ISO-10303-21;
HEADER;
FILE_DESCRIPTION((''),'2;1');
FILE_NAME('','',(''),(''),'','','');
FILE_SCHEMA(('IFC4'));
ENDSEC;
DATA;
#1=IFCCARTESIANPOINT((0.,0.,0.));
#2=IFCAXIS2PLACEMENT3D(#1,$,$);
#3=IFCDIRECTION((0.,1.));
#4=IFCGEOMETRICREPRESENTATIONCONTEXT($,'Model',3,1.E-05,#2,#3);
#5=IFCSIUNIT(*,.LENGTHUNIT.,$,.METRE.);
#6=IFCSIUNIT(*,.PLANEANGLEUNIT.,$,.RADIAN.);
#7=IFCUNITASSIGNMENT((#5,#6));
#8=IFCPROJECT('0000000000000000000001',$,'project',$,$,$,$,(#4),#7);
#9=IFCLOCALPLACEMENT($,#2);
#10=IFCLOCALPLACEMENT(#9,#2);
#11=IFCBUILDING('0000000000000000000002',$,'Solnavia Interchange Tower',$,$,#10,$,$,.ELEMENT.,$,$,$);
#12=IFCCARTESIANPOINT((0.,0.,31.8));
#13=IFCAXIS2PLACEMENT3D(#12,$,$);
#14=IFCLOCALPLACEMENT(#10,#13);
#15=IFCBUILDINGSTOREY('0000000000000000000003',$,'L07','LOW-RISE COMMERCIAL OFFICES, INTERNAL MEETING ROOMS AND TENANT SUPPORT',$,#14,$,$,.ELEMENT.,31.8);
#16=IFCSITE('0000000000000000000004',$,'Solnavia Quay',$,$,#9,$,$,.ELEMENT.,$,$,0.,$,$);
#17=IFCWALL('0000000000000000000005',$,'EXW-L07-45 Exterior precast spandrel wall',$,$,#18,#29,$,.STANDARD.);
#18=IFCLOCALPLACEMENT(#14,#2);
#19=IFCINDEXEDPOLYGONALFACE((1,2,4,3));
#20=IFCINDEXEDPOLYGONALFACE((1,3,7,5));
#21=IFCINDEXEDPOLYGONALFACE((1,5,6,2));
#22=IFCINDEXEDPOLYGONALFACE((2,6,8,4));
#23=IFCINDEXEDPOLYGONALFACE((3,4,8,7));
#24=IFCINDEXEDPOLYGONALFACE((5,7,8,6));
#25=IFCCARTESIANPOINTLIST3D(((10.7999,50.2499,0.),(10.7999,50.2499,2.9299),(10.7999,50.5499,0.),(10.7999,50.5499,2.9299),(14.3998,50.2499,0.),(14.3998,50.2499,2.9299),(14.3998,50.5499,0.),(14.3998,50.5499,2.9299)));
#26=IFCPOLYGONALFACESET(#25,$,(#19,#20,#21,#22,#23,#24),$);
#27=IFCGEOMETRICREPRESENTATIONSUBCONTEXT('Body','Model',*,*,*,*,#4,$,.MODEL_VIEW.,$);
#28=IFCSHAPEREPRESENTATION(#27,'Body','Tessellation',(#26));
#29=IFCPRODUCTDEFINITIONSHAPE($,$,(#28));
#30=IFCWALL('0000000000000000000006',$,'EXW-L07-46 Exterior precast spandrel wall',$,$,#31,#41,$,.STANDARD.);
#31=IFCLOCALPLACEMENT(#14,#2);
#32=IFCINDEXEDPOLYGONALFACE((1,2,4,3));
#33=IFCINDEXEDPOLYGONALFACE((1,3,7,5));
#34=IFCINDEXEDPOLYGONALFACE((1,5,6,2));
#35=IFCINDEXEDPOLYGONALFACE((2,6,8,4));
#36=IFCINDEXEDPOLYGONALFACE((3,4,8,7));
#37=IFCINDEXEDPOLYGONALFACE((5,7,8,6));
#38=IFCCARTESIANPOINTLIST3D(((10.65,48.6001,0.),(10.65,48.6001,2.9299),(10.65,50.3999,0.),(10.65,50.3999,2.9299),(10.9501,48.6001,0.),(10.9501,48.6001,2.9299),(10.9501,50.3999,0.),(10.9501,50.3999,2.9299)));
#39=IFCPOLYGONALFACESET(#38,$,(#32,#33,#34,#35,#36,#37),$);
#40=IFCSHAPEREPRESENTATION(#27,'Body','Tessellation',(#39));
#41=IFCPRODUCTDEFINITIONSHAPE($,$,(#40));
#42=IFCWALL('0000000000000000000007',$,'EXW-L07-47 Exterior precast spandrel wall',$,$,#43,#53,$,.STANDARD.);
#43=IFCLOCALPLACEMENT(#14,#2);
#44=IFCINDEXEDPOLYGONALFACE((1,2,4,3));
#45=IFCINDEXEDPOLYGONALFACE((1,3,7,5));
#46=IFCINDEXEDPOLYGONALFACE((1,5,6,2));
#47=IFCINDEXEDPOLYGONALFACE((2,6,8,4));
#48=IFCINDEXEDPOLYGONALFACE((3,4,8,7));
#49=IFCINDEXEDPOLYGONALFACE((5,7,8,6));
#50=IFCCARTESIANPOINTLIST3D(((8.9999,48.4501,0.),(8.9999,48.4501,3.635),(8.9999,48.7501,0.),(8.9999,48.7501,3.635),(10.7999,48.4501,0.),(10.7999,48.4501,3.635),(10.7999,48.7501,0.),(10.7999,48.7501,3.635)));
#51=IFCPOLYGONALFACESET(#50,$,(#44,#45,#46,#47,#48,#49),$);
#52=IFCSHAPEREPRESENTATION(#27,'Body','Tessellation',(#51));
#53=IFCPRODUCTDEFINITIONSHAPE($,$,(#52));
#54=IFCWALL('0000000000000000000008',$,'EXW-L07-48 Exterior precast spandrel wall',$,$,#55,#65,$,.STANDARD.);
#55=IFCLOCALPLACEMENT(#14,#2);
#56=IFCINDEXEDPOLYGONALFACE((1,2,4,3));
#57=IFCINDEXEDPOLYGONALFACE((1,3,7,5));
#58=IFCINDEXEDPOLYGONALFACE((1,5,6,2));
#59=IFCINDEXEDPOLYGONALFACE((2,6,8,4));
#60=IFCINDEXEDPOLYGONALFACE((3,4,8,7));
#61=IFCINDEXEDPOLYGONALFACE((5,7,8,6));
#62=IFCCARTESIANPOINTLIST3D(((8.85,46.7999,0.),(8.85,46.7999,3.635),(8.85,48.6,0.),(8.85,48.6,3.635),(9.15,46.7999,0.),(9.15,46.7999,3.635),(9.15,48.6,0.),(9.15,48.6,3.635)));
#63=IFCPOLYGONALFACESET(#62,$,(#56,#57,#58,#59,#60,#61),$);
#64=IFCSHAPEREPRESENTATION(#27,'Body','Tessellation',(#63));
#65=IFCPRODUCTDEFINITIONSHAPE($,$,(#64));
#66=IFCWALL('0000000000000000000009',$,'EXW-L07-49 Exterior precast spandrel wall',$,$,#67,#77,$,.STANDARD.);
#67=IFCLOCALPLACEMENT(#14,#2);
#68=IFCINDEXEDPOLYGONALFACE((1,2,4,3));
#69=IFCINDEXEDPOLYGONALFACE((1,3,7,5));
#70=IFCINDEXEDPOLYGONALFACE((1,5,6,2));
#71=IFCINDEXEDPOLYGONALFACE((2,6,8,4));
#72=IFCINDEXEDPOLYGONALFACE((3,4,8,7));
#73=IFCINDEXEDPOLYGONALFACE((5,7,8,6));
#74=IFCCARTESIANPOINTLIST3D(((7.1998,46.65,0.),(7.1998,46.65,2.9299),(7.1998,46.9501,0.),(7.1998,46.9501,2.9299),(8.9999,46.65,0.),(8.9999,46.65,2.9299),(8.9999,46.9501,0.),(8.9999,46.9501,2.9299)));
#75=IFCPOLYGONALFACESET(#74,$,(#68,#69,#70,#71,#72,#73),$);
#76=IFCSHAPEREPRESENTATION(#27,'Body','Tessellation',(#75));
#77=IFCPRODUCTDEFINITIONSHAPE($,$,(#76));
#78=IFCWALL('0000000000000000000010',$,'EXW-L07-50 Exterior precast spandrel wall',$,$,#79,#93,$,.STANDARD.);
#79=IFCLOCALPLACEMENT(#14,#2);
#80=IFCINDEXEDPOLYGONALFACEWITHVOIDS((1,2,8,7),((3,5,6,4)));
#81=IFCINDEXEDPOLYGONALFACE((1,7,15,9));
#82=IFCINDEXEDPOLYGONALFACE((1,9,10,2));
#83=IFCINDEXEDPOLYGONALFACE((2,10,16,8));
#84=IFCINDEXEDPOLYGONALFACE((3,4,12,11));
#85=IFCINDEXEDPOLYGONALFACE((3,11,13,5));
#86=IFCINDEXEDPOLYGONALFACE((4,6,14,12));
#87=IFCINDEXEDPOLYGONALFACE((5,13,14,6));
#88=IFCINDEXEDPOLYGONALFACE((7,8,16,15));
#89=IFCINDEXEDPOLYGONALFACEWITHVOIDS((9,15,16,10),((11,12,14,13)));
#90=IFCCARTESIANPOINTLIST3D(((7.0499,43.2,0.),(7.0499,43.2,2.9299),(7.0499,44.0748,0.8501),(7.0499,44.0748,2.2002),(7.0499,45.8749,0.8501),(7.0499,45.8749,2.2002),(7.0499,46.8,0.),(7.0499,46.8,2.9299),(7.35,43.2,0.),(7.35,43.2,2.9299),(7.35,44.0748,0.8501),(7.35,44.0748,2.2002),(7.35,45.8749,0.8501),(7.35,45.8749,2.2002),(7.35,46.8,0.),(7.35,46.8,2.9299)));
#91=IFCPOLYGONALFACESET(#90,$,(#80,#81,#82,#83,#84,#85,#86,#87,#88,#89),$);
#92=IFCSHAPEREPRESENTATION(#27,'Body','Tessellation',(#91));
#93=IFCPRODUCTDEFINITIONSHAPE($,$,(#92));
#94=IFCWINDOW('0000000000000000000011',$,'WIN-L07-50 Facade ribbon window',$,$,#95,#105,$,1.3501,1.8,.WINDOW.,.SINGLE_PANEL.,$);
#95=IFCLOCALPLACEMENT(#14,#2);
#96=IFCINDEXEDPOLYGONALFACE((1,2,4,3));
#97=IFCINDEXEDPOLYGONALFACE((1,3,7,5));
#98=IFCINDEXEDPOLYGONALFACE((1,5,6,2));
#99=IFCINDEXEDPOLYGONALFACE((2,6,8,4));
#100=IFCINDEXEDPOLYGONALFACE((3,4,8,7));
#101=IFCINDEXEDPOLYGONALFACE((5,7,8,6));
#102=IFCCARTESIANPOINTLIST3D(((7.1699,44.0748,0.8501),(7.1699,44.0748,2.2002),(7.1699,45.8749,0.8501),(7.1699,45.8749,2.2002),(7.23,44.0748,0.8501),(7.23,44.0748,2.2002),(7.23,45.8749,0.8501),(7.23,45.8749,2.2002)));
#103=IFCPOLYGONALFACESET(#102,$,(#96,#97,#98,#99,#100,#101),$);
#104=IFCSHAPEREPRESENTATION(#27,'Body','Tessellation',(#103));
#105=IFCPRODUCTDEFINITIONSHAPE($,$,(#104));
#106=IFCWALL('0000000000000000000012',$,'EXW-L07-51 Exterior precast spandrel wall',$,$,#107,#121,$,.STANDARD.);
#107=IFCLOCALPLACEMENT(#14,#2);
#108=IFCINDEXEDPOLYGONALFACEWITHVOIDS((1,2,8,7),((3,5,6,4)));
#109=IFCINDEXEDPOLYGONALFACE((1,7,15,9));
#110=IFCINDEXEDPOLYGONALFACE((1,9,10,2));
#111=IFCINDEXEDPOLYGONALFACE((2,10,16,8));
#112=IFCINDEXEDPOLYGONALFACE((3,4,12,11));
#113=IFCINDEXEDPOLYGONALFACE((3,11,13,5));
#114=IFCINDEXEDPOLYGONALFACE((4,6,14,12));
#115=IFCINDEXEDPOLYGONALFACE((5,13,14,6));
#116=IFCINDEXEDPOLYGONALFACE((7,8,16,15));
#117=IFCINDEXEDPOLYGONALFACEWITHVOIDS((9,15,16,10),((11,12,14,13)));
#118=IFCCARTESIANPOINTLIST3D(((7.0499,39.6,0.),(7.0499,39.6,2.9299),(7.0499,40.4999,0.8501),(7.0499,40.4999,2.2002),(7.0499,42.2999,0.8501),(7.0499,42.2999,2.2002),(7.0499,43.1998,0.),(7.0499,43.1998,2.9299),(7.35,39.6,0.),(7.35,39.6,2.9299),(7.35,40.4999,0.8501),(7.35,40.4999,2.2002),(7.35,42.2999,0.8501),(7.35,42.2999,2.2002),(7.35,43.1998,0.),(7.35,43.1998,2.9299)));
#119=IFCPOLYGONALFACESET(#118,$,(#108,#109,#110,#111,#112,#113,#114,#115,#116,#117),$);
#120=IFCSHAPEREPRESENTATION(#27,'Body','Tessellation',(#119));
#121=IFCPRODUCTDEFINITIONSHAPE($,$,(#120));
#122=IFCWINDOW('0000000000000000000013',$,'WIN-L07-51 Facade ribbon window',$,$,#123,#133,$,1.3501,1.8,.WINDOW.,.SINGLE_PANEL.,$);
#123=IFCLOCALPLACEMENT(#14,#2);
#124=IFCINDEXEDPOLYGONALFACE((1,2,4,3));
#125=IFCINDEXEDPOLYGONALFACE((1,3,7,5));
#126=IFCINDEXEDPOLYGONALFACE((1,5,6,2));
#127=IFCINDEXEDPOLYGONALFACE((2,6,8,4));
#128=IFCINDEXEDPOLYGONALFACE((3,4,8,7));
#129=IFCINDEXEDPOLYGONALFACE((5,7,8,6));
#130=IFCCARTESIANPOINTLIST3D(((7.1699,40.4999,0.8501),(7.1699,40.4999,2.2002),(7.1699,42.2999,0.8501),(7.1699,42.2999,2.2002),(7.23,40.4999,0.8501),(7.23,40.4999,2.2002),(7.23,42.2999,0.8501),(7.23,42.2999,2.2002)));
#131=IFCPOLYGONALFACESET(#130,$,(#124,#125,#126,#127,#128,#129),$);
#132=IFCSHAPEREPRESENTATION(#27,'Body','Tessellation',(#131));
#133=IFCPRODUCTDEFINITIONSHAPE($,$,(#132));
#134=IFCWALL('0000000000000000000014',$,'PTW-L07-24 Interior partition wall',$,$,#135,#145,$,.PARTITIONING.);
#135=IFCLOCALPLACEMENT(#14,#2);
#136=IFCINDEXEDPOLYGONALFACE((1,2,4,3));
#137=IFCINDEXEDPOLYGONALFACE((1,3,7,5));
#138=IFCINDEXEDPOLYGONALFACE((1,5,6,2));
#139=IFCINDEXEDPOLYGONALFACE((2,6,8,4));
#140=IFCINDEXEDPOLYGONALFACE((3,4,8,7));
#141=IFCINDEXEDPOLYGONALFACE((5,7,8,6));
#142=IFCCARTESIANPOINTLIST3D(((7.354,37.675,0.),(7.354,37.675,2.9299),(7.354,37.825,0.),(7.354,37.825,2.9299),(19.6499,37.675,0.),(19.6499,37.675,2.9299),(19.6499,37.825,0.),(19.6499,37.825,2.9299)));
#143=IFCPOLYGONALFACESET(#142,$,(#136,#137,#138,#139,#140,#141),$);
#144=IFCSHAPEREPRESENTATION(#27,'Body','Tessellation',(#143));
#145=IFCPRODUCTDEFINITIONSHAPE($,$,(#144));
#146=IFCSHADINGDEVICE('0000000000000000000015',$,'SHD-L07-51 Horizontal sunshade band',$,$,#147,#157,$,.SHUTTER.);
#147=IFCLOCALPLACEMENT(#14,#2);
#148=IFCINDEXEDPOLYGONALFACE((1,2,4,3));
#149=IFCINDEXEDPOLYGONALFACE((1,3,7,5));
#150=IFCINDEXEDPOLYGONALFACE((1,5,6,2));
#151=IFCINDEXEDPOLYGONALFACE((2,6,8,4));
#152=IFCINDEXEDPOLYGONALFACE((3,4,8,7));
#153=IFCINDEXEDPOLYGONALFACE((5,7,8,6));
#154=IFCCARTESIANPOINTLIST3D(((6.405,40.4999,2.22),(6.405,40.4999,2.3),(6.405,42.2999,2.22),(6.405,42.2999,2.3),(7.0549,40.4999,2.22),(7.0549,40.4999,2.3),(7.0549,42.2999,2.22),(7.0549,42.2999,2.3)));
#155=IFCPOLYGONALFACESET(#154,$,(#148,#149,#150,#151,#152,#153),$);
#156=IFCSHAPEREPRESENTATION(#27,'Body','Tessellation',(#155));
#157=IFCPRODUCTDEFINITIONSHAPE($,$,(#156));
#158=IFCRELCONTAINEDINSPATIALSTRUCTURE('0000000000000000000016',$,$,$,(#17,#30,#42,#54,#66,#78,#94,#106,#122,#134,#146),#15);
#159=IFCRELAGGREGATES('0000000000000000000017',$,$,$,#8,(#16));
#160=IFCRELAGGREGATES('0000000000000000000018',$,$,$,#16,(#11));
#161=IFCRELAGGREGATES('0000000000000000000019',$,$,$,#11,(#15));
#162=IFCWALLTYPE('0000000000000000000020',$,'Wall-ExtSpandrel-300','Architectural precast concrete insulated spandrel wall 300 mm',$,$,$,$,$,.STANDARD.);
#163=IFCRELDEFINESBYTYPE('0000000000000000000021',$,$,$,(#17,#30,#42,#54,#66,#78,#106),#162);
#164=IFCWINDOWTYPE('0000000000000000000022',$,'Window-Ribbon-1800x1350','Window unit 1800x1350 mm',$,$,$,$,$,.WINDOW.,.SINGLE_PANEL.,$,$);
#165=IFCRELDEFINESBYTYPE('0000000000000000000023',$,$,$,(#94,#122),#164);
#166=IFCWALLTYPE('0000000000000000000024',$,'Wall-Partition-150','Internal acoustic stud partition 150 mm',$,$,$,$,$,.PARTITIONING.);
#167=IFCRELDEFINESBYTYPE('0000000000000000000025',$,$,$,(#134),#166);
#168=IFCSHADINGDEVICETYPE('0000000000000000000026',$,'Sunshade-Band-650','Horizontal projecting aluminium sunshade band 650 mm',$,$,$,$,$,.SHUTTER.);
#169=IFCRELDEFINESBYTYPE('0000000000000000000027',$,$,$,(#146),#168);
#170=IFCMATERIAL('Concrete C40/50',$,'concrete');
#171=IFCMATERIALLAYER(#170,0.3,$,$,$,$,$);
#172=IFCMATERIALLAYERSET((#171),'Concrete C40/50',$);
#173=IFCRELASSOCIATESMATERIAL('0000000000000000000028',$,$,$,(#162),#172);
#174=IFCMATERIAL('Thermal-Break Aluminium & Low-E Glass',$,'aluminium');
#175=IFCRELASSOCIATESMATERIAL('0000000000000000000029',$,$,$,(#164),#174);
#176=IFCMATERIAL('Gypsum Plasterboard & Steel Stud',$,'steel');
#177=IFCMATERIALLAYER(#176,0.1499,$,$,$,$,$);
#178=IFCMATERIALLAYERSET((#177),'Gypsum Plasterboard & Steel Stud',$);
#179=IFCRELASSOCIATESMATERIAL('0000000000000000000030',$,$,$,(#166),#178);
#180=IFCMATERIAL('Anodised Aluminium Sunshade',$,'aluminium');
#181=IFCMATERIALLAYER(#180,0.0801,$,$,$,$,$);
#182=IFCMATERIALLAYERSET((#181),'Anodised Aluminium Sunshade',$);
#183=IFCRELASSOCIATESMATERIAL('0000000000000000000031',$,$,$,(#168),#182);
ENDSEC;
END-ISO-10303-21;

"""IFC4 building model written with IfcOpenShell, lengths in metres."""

from ifc_helpers import new_model, si_unit, direction, frame, frame_2d, origin, origin_2d, place, context, subcontext, project, spatial, rectangle, extrude, material, layer, layer_set, type_object, element, fill, save


model = new_model("IFC4")

# Units and contexts
model_context = context("Model", 3, precision=1e-05, world=origin(), true_north=direction((0.0, 1.0)))
body_context = subcontext(model_context, "Body", "Model", "MODEL_VIEW")
ifc_project = project(units=[si_unit("LENGTHUNIT", "METRE"), si_unit("PLANEANGLEUNIT", "RADIAN")], contexts=[model_context])

# Site, building, storey
site_placement = place(None, origin())
site = spatial("IfcSite", under=ifc_project, at=site_placement, Name="Solnavia Quay", CompositionType="ELEMENT", RefElevation=0.0)
building_placement = place(site_placement, origin())
building = spatial("IfcBuilding", under=site, at=building_placement, Name="Solnavia Interchange Tower", CompositionType="ELEMENT")
storey_placement = place(building_placement, frame((0.0, 0.0, 31.8)))
storey = spatial("IfcBuildingStorey", under=building, at=storey_placement, Name="L07", Description="LOW-RISE COMMERCIAL OFFICES, INTERNAL MEETING ROOMS AND TENANT SUPPORT", CompositionType="ELEMENT", Elevation=31.8)

# Walls
ifc_material_1 = material(Name="Concrete C40/50", Category="concrete")
ifc_layer_1 = layer(ifc_material_1, 0.3)
ifc_layer_set_1 = layer_set([ifc_layer_1], Name="Concrete C40/50")
wall_type_1 = type_object("IfcWallType", Name="Wall-ExtSpandrel-300", Description="Architectural precast concrete insulated spandrel wall 300 mm", PredefinedType="STANDARD", material=ifc_layer_set_1)
wall_1_placement = place(storey_placement, frame((10.8, 50.3999, 0.0), z_axis=(0.0, 0.0, 1.0), x_axis=(1.0, 0.0, 0.0)))
element("IfcWall", 1, at=wall_1_placement, inside=storey, type_object=wall_type_1, Name="EXW-L07-45 Exterior precast spandrel wall", PredefinedType="STANDARD", context=body_context, shape_type="SweptSolid", body=[
    extrude(rectangle(XDim=3.5999, YDim=0.3, at=frame_2d((1.7998, 0.0))), origin(), (0.0, 0.0, 1.0), 2.9299),
])
wall_2_placement = place(storey_placement, frame((10.8, 48.6001, 0.0), z_axis=(0.0, 0.0, 1.0), x_axis=(0.0, 1.0, 0.0)))
element("IfcWall", 2, at=wall_2_placement, inside=storey, type_object=wall_type_1, Name="EXW-L07-46 Exterior precast spandrel wall", PredefinedType="STANDARD", context=body_context, shape_type="SweptSolid", body=[
    extrude(rectangle(XDim=1.7998, YDim=0.3, at=frame_2d((0.8999, 0.0))), origin(), (0.0, 0.0, 1.0), 2.9299),
])
for number, where, z_axis, x_axis, name in (
    (3, (9.0, 48.6001, 0.0), (0.0, 0.0, 1.0), (1.0, 0.0, 0.0), "EXW-L07-47 Exterior precast spandrel wall"),
    (4, (9.0, 46.8, 0.0), (0.0, 0.0, 1.0), (0.0, 1.0, 0.0), "EXW-L07-48 Exterior precast spandrel wall"),
):
    element("IfcWall", number, at=place(storey_placement, frame(where, z_axis=z_axis, x_axis=x_axis)), inside=storey, type_object=wall_type_1, Name=name, PredefinedType="STANDARD", context=body_context, shape_type="SweptSolid", body=[
        extrude(rectangle(XDim=1.8, YDim=0.3, at=frame_2d((0.8999, 0.0))), origin(), (0.0, 0.0, 1.0), 3.635),
    ])
wall_3_placement = place(storey_placement, frame((7.2, 46.8, 0.0), z_axis=(0.0, 0.0, 1.0), x_axis=(1.0, 0.0, 0.0)))
element("IfcWall", 5, at=wall_3_placement, inside=storey, type_object=wall_type_1, Name="EXW-L07-49 Exterior precast spandrel wall", PredefinedType="STANDARD", context=body_context, shape_type="SweptSolid", body=[
    extrude(rectangle(XDim=1.8, YDim=0.3, at=frame_2d((0.8999, 0.0))), origin(), (0.0, 0.0, 1.0), 2.9299),
])

# Walls, openings, windows
wall_4_placement = place(storey_placement, frame((7.2, 43.2, 0.0), z_axis=(0.0, 0.0, 1.0), x_axis=(0.0, 1.0, 0.0)))
wall_4 = element("IfcWall", 6, at=wall_4_placement, inside=storey, type_object=wall_type_1, Name="EXW-L07-50 Exterior precast spandrel wall", PredefinedType="STANDARD", context=body_context, shape_type="SweptSolid", body=[
    extrude(rectangle(XDim=3.6001, YDim=0.3, at=frame_2d((1.8, 0.0))), origin(), (0.0, 0.0, 1.0), 2.9299),
])
opening_1_placement = place(wall_4_placement, frame((0.875, 0.0, 0.8501)))
opening_1 = element("IfcOpeningElement", 7, at=opening_1_placement, cuts=wall_4, PredefinedType="OPENING", context=body_context, shape_type="SweptSolid", body=[
    extrude(rectangle(XDim=1.8, YDim=1.3501, at=frame_2d((0.8999, 0.675))), frame((0.0, 0.1602, 0.0), z_axis=(0.0, -1.0, 0.0), x_axis=(1.0, 0.0, 0.0)), (0.0, 0.0, 1.0), 0.3201),
])
ifc_material_2 = material(Name="Thermal-Break Aluminium & Low-E Glass", Category="aluminium")
window_type = type_object("IfcWindowType", Name="Window-Ribbon-1800x1350", Description="Window unit 1800x1350 mm", PartitioningType="SINGLE_PANEL", PredefinedType="WINDOW", material=ifc_material_2)
window_1_placement = place(opening_1_placement, origin())
window_1 = element("IfcWindow", 8, at=window_1_placement, inside=storey, type_object=window_type, Name="WIN-L07-50 Facade ribbon window", OverallHeight=1.3501, OverallWidth=1.8, PartitioningType="SINGLE_PANEL", PredefinedType="WINDOW", context=body_context, shape_type="SweptSolid", body=[
    extrude(rectangle(XDim=1.8, YDim=1.3501, at=frame_2d((0.8999, 0.675))), frame((0.0, 0.03, 0.0), z_axis=(0.0, -1.0, 0.0), x_axis=(1.0, 0.0, 0.0)), (0.0, 0.0, 1.0), 0.0601),
])
fill(opening_1, window_1)
wall_5_placement = place(storey_placement, frame((7.2, 39.6001, 0.0), z_axis=(0.0, 0.0, 1.0), x_axis=(0.0, 1.0, 0.0)))
wall_5 = element("IfcWall", 9, at=wall_5_placement, inside=storey, type_object=wall_type_1, Name="EXW-L07-51 Exterior precast spandrel wall", PredefinedType="STANDARD", context=body_context, shape_type="SweptSolid", body=[
    extrude(rectangle(XDim=3.5999, YDim=0.3, at=frame_2d((1.7998, 0.0))), origin(), (0.0, 0.0, 1.0), 2.9299),
])
opening_2_placement = place(wall_5_placement, frame((0.8999, 0.0, 0.8501)))
opening_2 = element("IfcOpeningElement", 10, at=opening_2_placement, cuts=wall_5, PredefinedType="OPENING", context=body_context, shape_type="SweptSolid", body=[
    extrude(rectangle(XDim=1.8, YDim=1.3501, at=frame_2d((0.8999, 0.675))), frame((0.0, 0.1602, 0.0), z_axis=(0.0, -1.0, 0.0), x_axis=(1.0, 0.0, 0.0)), (0.0, 0.0, 1.0), 0.3201),
])
window_2_placement = place(opening_2_placement, origin())
window_2 = element("IfcWindow", 11, at=window_2_placement, inside=storey, type_object=window_type, Name="WIN-L07-51 Facade ribbon window", OverallHeight=1.3501, OverallWidth=1.8, PartitioningType="SINGLE_PANEL", PredefinedType="WINDOW", context=body_context, shape_type="SweptSolid", body=[
    extrude(rectangle(XDim=1.8, YDim=1.3501, at=frame_2d((0.8999, 0.675))), frame((0.0, 0.03, 0.0), z_axis=(0.0, -1.0, 0.0), x_axis=(1.0, 0.0, 0.0)), (0.0, 0.0, 1.0), 0.0601),
])
fill(opening_2, window_2)

# Wall
ifc_material_3 = material(Name="Gypsum Plasterboard & Steel Stud", Category="steel")
ifc_layer_2 = layer(ifc_material_3, 0.1499)
ifc_layer_set_2 = layer_set([ifc_layer_2], Name="Gypsum Plasterboard & Steel Stud")
wall_type_2 = type_object("IfcWallType", Name="Wall-Partition-150", Description="Internal acoustic stud partition 150 mm", PredefinedType="PARTITIONING", material=ifc_layer_set_2)
wall_6_placement = place(storey_placement, frame((7.354, 37.75, 0.0), z_axis=(0.0, 0.0, 1.0), x_axis=(1.0, 0.0, 0.0)))
element("IfcWall", 12, at=wall_6_placement, inside=storey, type_object=wall_type_2, Name="PTW-L07-24 Interior partition wall", PredefinedType="PARTITIONING", context=body_context, shape_type="SweptSolid", body=[
    extrude(rectangle(XDim=12.2959, YDim=0.1499, at=frame_2d((6.1479, 0.0))), origin(), (0.0, 0.0, 1.0), 2.9299),
])

# Shading device
ifc_material_4 = material(Name="Anodised Aluminium Sunshade", Category="aluminium")
ifc_layer_3 = layer(ifc_material_4, 0.0801)
ifc_layer_set_3 = layer_set([ifc_layer_3], Name="Anodised Aluminium Sunshade")
shading_device_type = type_object("IfcShadingDeviceType", Name="Sunshade-Band-650", Description="Horizontal projecting aluminium sunshade band 650 mm", PredefinedType="SHUTTER", material=ifc_layer_set_3)
shading_device_placement = place(storey_placement, frame((6.73, 41.3999, 2.22), z_axis=(0.0, 0.0, 1.0), x_axis=(0.0, 1.0, 0.0)))
element("IfcShadingDevice", 13, at=shading_device_placement, inside=storey, type_object=shading_device_type, Name="SHD-L07-51 Horizontal sunshade band", PredefinedType="SHUTTER", context=body_context, shape_type="SweptSolid", body=[
    extrude(rectangle(XDim=1.8, YDim=0.6499, at=origin_2d()), origin(), (0.0, 0.0, 1.0), 0.0801),
])

save(model, "model.ifc")
